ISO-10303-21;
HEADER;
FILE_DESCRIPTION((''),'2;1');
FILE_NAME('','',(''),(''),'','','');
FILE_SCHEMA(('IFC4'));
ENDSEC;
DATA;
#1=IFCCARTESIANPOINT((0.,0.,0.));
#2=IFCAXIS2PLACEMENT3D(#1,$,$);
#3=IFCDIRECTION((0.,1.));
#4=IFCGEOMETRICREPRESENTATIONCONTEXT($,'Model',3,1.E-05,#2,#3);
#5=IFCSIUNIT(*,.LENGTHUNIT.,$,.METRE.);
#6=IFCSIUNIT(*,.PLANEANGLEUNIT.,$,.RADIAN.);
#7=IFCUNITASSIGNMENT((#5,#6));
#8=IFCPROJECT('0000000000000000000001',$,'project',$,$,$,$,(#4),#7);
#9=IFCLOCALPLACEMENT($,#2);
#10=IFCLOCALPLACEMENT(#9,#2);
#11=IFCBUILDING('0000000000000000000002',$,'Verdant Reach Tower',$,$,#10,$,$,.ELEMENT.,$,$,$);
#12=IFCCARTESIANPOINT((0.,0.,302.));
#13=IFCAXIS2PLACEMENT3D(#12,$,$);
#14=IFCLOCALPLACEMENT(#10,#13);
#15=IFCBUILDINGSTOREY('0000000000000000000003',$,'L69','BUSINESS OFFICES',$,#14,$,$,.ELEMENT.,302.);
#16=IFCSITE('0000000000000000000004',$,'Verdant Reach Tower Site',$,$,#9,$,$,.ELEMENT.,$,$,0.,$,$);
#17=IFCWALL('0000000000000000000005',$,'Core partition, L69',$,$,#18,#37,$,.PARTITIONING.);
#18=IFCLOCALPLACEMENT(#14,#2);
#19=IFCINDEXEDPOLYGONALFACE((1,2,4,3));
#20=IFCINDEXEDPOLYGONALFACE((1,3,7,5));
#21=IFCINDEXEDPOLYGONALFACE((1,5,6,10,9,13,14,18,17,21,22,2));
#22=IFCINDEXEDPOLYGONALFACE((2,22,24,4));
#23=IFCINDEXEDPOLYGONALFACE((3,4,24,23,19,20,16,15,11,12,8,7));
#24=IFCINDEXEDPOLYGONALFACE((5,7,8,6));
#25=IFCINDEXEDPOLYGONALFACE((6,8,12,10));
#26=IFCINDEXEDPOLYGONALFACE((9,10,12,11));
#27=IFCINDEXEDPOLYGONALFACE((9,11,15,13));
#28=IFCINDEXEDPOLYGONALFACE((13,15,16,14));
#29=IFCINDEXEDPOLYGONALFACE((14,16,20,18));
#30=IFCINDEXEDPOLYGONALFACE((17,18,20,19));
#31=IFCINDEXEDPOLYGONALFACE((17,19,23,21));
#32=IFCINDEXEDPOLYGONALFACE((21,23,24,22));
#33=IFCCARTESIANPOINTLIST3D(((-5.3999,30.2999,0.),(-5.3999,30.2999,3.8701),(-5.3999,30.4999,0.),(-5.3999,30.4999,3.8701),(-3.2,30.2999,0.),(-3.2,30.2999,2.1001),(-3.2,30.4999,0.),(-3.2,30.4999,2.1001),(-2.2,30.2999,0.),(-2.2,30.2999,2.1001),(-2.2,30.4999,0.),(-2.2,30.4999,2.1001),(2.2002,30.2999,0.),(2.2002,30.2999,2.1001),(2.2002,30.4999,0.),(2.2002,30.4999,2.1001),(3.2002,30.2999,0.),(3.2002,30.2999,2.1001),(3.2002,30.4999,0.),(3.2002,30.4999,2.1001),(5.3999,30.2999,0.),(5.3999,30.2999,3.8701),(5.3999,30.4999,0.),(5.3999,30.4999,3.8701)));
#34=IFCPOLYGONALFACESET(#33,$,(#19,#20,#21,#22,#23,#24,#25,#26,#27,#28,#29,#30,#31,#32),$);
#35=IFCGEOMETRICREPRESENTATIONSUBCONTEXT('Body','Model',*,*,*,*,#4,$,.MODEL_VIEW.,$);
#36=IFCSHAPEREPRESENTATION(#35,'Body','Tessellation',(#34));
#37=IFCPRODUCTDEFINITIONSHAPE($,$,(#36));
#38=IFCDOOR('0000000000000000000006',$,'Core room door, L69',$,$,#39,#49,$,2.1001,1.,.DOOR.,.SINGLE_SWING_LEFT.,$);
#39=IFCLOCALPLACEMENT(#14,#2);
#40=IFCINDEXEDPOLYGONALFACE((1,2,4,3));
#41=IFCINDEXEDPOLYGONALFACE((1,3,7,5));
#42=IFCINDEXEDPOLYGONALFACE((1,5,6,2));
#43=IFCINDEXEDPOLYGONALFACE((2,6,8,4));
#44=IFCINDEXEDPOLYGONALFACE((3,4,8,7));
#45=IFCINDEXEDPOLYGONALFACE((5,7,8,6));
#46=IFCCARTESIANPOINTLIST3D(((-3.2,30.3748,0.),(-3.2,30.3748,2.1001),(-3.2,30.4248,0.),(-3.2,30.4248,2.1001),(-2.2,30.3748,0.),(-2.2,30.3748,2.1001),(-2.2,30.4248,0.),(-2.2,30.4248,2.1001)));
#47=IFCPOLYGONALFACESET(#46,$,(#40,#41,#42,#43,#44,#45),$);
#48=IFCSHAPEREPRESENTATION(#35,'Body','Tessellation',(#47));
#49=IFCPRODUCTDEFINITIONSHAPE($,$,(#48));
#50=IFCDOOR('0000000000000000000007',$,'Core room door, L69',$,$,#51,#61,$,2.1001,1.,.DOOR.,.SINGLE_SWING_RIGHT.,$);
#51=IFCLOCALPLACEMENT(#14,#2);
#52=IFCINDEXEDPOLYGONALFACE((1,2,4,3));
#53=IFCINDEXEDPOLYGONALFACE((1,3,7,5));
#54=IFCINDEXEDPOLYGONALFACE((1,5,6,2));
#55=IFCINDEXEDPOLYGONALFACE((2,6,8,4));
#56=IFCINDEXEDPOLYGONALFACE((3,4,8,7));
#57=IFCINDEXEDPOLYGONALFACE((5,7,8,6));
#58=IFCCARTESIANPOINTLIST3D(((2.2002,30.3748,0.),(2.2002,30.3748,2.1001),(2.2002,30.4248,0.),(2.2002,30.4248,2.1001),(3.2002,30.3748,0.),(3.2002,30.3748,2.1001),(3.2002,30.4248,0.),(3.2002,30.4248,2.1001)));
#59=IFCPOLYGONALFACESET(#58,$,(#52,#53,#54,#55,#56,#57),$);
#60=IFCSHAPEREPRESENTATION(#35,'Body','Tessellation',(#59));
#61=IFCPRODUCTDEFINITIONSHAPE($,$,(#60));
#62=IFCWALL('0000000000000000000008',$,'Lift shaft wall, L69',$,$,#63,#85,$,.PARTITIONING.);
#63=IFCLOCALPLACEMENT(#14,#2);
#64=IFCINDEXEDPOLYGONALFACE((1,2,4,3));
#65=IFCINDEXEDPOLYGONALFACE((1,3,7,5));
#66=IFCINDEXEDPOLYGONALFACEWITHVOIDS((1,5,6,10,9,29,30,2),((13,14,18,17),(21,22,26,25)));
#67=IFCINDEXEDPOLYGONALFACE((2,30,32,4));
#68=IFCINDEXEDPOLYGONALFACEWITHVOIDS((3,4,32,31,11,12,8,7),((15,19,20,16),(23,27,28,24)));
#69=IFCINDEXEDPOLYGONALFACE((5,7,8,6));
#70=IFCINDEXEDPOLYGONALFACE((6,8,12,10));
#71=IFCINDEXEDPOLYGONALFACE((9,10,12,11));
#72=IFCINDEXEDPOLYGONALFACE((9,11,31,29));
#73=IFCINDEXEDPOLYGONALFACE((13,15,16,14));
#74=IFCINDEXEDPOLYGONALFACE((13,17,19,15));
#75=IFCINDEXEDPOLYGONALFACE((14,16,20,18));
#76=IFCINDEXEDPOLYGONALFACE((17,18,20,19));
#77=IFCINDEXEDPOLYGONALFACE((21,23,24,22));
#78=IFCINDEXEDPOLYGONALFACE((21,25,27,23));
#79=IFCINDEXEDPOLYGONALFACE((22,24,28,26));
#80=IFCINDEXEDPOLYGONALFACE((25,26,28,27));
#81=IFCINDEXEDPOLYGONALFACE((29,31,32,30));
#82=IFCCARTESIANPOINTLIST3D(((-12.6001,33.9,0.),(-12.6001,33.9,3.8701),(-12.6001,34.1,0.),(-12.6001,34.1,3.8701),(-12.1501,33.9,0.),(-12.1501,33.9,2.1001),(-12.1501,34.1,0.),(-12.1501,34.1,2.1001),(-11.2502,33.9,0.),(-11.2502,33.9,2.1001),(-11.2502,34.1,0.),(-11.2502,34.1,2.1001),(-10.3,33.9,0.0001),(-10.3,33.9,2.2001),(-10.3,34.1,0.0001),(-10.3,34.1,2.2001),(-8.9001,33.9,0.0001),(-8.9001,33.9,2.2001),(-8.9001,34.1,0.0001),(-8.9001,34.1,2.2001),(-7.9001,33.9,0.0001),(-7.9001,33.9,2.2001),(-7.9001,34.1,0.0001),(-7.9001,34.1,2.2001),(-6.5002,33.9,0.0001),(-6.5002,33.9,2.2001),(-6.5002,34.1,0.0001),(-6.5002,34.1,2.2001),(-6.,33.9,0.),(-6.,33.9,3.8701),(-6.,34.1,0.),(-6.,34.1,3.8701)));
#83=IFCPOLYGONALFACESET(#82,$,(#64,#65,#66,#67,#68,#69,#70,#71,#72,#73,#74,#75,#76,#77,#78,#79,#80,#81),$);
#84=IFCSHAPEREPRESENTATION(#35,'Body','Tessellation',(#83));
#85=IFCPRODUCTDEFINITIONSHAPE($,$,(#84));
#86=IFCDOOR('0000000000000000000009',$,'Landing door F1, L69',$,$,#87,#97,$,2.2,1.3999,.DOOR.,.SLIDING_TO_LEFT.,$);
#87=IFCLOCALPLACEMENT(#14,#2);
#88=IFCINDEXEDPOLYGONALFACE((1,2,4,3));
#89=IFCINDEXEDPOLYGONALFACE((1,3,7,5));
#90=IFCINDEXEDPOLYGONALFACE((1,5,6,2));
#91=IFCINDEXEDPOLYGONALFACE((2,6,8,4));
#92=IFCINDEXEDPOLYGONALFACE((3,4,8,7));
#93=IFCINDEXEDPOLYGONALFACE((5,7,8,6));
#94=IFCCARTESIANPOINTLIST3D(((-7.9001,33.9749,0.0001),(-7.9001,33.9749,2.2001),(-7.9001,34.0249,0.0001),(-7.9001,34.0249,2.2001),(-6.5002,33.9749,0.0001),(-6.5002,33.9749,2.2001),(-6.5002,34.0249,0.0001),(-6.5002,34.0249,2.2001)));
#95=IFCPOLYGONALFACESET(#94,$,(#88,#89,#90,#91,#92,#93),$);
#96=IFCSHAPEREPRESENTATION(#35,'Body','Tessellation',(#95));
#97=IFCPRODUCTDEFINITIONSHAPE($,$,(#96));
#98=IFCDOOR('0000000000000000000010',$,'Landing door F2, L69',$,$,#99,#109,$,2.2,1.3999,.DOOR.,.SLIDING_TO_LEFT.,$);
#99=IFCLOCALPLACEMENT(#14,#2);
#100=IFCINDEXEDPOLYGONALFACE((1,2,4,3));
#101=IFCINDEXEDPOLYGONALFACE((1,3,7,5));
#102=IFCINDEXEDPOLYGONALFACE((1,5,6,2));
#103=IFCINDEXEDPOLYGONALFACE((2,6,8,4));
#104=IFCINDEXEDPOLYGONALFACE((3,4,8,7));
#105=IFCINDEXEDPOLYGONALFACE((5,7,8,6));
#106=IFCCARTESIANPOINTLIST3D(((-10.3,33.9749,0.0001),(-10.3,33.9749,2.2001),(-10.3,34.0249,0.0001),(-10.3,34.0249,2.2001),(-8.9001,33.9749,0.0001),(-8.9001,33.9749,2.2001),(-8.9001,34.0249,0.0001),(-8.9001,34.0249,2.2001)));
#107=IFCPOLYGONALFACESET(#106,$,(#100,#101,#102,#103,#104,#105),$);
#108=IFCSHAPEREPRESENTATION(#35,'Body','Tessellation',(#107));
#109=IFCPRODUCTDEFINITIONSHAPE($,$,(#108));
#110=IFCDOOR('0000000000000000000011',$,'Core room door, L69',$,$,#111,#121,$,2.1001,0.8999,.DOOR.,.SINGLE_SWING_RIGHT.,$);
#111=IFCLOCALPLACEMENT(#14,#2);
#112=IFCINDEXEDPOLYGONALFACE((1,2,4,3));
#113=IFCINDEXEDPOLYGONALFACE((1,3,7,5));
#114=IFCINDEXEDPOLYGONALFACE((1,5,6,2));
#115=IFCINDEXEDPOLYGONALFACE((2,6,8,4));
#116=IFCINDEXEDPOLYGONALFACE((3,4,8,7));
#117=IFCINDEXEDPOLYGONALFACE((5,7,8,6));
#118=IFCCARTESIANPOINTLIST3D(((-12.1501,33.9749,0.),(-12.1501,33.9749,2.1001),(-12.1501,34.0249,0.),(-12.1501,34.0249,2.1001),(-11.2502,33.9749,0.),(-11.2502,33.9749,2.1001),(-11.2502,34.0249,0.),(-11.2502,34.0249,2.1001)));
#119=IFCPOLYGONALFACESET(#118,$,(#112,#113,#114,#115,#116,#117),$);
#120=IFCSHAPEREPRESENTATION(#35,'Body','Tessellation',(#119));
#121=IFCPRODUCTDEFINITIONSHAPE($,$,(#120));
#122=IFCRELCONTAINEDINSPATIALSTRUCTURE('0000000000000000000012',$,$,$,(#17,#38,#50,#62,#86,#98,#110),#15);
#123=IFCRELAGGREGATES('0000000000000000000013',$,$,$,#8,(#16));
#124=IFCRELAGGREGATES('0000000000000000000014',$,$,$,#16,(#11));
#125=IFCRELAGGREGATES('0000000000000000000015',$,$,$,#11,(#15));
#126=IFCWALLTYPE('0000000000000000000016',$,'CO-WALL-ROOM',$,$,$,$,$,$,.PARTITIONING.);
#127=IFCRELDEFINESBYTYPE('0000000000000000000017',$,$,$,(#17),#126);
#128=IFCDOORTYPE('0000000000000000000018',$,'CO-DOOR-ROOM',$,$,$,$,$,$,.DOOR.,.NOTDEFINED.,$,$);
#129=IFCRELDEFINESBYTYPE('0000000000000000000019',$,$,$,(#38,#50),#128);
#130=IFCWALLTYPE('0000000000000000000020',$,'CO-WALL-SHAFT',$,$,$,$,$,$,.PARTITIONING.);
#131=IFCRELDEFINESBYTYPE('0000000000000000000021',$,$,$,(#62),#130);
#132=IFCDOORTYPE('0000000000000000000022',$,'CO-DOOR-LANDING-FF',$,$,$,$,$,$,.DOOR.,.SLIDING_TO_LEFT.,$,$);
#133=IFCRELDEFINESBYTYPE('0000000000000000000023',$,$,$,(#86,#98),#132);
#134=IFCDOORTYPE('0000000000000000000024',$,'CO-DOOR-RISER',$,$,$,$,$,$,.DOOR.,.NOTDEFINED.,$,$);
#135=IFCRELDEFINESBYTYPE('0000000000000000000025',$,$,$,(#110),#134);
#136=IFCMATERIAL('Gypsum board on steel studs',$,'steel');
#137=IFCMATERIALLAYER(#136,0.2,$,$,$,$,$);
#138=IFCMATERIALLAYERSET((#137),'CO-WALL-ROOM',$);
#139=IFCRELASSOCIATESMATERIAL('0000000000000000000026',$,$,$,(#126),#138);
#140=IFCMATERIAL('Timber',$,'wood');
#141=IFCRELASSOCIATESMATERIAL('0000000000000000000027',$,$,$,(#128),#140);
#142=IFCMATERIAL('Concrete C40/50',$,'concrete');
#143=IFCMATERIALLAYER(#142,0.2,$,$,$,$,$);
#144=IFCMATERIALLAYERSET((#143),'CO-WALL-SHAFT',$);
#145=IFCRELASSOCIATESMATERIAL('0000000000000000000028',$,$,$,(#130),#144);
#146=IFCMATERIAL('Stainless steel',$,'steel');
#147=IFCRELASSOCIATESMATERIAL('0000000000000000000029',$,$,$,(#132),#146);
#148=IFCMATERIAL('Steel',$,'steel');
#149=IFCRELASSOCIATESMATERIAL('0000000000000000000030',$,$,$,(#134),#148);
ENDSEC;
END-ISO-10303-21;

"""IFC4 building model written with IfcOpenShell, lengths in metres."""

from ifc_helpers import new_model, si_unit, direction, frame, frame_2d, origin, place, context, subcontext, project, spatial, rectangle, extrude, material, layer, layer_set, type_object, element, fill, save


model = new_model("IFC4")

# Units and contexts
model_context = context("Model", 3, precision=1e-05, world=origin(), true_north=direction((0.0, 1.0)))
body_context = subcontext(model_context, "Body", "Model", "MODEL_VIEW")
ifc_project = project(units=[si_unit("LENGTHUNIT", "METRE"), si_unit("PLANEANGLEUNIT", "RADIAN")], contexts=[model_context])

# Site, building, storey
site_placement = place(None, origin())
site = spatial("IfcSite", under=ifc_project, at=site_placement, Name="Verdant Reach Tower Site", CompositionType="ELEMENT", RefElevation=0.0)
building_placement = place(site_placement, origin())
building = spatial("IfcBuilding", under=site, at=building_placement, Name="Verdant Reach Tower", CompositionType="ELEMENT")
storey_placement = place(building_placement, frame((0.0, 0.0, 302.0)))
storey = spatial("IfcBuildingStorey", under=building, at=storey_placement, Name="L69", Description="BUSINESS OFFICES", CompositionType="ELEMENT", Elevation=302.0)

# Walls, openings, doors
ifc_material_1 = material(Name="Gypsum board on steel studs", Category="steel")
ifc_layer_1 = layer(ifc_material_1, 0.2)
ifc_layer_set_1 = layer_set([ifc_layer_1], Name="CO-WALL-ROOM")
wall_type_1 = type_object("IfcWallType", Name="CO-WALL-ROOM", PredefinedType="PARTITIONING", material=ifc_layer_set_1)
wall_1_placement = place(storey_placement, frame((-5.3999, 30.3999, 0.0), z_axis=(0.0, 0.0, 1.0), x_axis=(1.0, 0.0, 0.0)))
wall_1 = element("IfcWall", 1, at=wall_1_placement, inside=storey, type_object=wall_type_1, Name="Core partition, L69", PredefinedType="PARTITIONING", context=body_context, shape_type="SweptSolid", body=[
    extrude(rectangle(XDim=10.7998, YDim=0.2, at=frame_2d((5.3999, 0.0))), origin(), (0.0, 0.0, 1.0), 3.8701),
])
opening_1_placement = place(wall_1_placement, frame((2.2, 0.0, 0.0)))
opening_1 = element("IfcOpeningElement", 2, at=opening_1_placement, cuts=wall_1, PredefinedType="OPENING", context=body_context, shape_type="SweptSolid", body=[
    extrude(rectangle(XDim=1.0, YDim=2.1001, at=frame_2d((0.5, 1.05))), frame((0.0, 0.1099, 0.0), z_axis=(0.0, -1.0, 0.0), x_axis=(1.0, 0.0, 0.0)), (0.0, 0.0, 1.0), 0.22),
])
opening_2_placement = place(wall_1_placement, frame((7.6001, 0.0, 0.0)))
opening_2 = element("IfcOpeningElement", 3, at=opening_2_placement, cuts=wall_1, PredefinedType="OPENING", context=body_context, shape_type="SweptSolid", body=[
    extrude(rectangle(XDim=1.0, YDim=2.1001, at=frame_2d((0.5, 1.05))), frame((0.0, 0.1099, 0.0), z_axis=(0.0, -1.0, 0.0), x_axis=(1.0, 0.0, 0.0)), (0.0, 0.0, 1.0), 0.22),
])
ifc_material_2 = material(Name="Timber", Category="wood")
door_type_1 = type_object("IfcDoorType", Name="CO-DOOR-ROOM", OperationType="NOTDEFINED", PredefinedType="DOOR", material=ifc_material_2)
door_1_placement = place(opening_1_placement, origin())
door_1 = element("IfcDoor", 4, at=door_1_placement, inside=storey, type_object=door_type_1, Name="Core room door, L69", OperationType="SINGLE_SWING_LEFT", OverallHeight=2.1001, OverallWidth=1.0, PredefinedType="DOOR", context=body_context, shape_type="SweptSolid", body=[
    extrude(rectangle(XDim=1.0, YDim=2.1001, at=frame_2d((0.5, 1.05))), frame((0.0, 0.0249, 0.0), z_axis=(0.0, -1.0, 0.0), x_axis=(1.0, 0.0, 0.0)), (0.0, 0.0, 1.0), 0.05),
])
fill(opening_1, door_1)
door_2_placement = place(opening_2_placement, origin())
door_2 = element("IfcDoor", 5, at=door_2_placement, inside=storey, type_object=door_type_1, Name="Core room door, L69", OperationType="SINGLE_SWING_RIGHT", OverallHeight=2.1001, OverallWidth=1.0, PredefinedType="DOOR", context=body_context, shape_type="SweptSolid", body=[
    extrude(rectangle(XDim=1.0, YDim=2.1001, at=frame_2d((0.5, 1.05))), frame((0.0, 0.0249, 0.0), z_axis=(0.0, -1.0, 0.0), x_axis=(1.0, 0.0, 0.0)), (0.0, 0.0, 1.0), 0.05),
])
fill(opening_2, door_2)
ifc_material_3 = material(Name="Concrete C40/50", Category="concrete")
ifc_layer_2 = layer(ifc_material_3, 0.2)
ifc_layer_set_2 = layer_set([ifc_layer_2], Name="CO-WALL-SHAFT")
wall_type_2 = type_object("IfcWallType", Name="CO-WALL-SHAFT", PredefinedType="PARTITIONING", material=ifc_layer_set_2)
wall_2_placement = place(storey_placement, frame((-12.6001, 34.0, 0.0), z_axis=(0.0, 0.0, 1.0), x_axis=(1.0, 0.0, 0.0)))
wall_2 = element("IfcWall", 6, at=wall_2_placement, inside=storey, type_object=wall_type_2, Name="Lift shaft wall, L69", PredefinedType="PARTITIONING", context=body_context, shape_type="SweptSolid", body=[
    extrude(rectangle(XDim=6.6001, YDim=0.2, at=frame_2d((3.3, 0.0))), origin(), (0.0, 0.0, 1.0), 3.8701),
])
opening_3_placement = place(wall_2_placement, frame((4.7, 0.0, 0.0)))
opening_3 = element("IfcOpeningElement", 7, at=opening_3_placement, cuts=wall_2, PredefinedType="OPENING", context=body_context, shape_type="SweptSolid", body=[
    extrude(rectangle(XDim=1.3999, YDim=2.2, at=frame_2d((0.7, 1.1001))), frame((0.0, 0.1099, 0.0), z_axis=(0.0, -1.0, 0.0), x_axis=(1.0, 0.0, 0.0)), (0.0, 0.0, 1.0), 0.22),
])
opening_4_placement = place(wall_2_placement, frame((2.3, 0.0, 0.0)))
opening_4 = element("IfcOpeningElement", 8, at=opening_4_placement, cuts=wall_2, PredefinedType="OPENING", context=body_context, shape_type="SweptSolid", body=[
    extrude(rectangle(XDim=1.3999, YDim=2.2, at=frame_2d((0.7, 1.1001))), frame((0.0, 0.1099, 0.0), z_axis=(0.0, -1.0, 0.0), x_axis=(1.0, 0.0, 0.0)), (0.0, 0.0, 1.0), 0.22),
])
opening_5_placement = place(wall_2_placement, frame((0.45, 0.0, 0.0)))
opening_5 = element("IfcOpeningElement", 9, at=opening_5_placement, cuts=wall_2, PredefinedType="OPENING", context=body_context, shape_type="SweptSolid", body=[
    extrude(rectangle(XDim=0.8999, YDim=2.1001, at=frame_2d((0.45, 1.05))), frame((0.0, 0.1099, 0.0), z_axis=(0.0, -1.0, 0.0), x_axis=(1.0, 0.0, 0.0)), (0.0, 0.0, 1.0), 0.22),
])
ifc_material_4 = material(Name="Stainless steel", Category="steel")
door_type_2 = type_object("IfcDoorType", Name="CO-DOOR-LANDING-FF", OperationType="SLIDING_TO_LEFT", PredefinedType="DOOR", material=ifc_material_4)
door_3_placement = place(opening_3_placement, origin())
door_3 = element("IfcDoor", 10, at=door_3_placement, inside=storey, type_object=door_type_2, Name="Landing door F1, L69", OperationType="SLIDING_TO_LEFT", OverallHeight=2.2, OverallWidth=1.3999, PredefinedType="DOOR", context=body_context, shape_type="SweptSolid", body=[
    extrude(rectangle(XDim=1.3999, YDim=2.2, at=frame_2d((0.7, 1.1001))), frame((0.0, 0.0249, 0.0), z_axis=(0.0, -1.0, 0.0), x_axis=(1.0, 0.0, 0.0)), (0.0, 0.0, 1.0), 0.05),
])
fill(opening_3, door_3)
door_4_placement = place(opening_4_placement, origin())
door_4 = element("IfcDoor", 11, at=door_4_placement, inside=storey, type_object=door_type_2, Name="Landing door F2, L69", OperationType="SLIDING_TO_LEFT", OverallHeight=2.2, OverallWidth=1.3999, PredefinedType="DOOR", context=body_context, shape_type="SweptSolid", body=[
    extrude(rectangle(XDim=1.3999, YDim=2.2, at=frame_2d((0.7, 1.1001))), frame((0.0, 0.0249, 0.0), z_axis=(0.0, -1.0, 0.0), x_axis=(1.0, 0.0, 0.0)), (0.0, 0.0, 1.0), 0.05),
])
fill(opening_4, door_4)
ifc_material_5 = material(Name="Steel", Category="steel")
door_type_3 = type_object("IfcDoorType", Name="CO-DOOR-RISER", OperationType="NOTDEFINED", PredefinedType="DOOR", material=ifc_material_5)
door_5_placement = place(opening_5_placement, origin())
door_5 = element("IfcDoor", 12, at=door_5_placement, inside=storey, type_object=door_type_3, Name="Core room door, L69", OperationType="SINGLE_SWING_RIGHT", OverallHeight=2.1001, OverallWidth=0.8999, PredefinedType="DOOR", context=body_context, shape_type="SweptSolid", body=[
    extrude(rectangle(XDim=0.8999, YDim=2.1001, at=frame_2d((0.45, 1.05))), frame((0.0, 0.0249, 0.0), z_axis=(0.0, -1.0, 0.0), x_axis=(1.0, 0.0, 0.0)), (0.0, 0.0, 1.0), 0.05),
])
fill(opening_5, door_5)

save(model, "model.ifc")
